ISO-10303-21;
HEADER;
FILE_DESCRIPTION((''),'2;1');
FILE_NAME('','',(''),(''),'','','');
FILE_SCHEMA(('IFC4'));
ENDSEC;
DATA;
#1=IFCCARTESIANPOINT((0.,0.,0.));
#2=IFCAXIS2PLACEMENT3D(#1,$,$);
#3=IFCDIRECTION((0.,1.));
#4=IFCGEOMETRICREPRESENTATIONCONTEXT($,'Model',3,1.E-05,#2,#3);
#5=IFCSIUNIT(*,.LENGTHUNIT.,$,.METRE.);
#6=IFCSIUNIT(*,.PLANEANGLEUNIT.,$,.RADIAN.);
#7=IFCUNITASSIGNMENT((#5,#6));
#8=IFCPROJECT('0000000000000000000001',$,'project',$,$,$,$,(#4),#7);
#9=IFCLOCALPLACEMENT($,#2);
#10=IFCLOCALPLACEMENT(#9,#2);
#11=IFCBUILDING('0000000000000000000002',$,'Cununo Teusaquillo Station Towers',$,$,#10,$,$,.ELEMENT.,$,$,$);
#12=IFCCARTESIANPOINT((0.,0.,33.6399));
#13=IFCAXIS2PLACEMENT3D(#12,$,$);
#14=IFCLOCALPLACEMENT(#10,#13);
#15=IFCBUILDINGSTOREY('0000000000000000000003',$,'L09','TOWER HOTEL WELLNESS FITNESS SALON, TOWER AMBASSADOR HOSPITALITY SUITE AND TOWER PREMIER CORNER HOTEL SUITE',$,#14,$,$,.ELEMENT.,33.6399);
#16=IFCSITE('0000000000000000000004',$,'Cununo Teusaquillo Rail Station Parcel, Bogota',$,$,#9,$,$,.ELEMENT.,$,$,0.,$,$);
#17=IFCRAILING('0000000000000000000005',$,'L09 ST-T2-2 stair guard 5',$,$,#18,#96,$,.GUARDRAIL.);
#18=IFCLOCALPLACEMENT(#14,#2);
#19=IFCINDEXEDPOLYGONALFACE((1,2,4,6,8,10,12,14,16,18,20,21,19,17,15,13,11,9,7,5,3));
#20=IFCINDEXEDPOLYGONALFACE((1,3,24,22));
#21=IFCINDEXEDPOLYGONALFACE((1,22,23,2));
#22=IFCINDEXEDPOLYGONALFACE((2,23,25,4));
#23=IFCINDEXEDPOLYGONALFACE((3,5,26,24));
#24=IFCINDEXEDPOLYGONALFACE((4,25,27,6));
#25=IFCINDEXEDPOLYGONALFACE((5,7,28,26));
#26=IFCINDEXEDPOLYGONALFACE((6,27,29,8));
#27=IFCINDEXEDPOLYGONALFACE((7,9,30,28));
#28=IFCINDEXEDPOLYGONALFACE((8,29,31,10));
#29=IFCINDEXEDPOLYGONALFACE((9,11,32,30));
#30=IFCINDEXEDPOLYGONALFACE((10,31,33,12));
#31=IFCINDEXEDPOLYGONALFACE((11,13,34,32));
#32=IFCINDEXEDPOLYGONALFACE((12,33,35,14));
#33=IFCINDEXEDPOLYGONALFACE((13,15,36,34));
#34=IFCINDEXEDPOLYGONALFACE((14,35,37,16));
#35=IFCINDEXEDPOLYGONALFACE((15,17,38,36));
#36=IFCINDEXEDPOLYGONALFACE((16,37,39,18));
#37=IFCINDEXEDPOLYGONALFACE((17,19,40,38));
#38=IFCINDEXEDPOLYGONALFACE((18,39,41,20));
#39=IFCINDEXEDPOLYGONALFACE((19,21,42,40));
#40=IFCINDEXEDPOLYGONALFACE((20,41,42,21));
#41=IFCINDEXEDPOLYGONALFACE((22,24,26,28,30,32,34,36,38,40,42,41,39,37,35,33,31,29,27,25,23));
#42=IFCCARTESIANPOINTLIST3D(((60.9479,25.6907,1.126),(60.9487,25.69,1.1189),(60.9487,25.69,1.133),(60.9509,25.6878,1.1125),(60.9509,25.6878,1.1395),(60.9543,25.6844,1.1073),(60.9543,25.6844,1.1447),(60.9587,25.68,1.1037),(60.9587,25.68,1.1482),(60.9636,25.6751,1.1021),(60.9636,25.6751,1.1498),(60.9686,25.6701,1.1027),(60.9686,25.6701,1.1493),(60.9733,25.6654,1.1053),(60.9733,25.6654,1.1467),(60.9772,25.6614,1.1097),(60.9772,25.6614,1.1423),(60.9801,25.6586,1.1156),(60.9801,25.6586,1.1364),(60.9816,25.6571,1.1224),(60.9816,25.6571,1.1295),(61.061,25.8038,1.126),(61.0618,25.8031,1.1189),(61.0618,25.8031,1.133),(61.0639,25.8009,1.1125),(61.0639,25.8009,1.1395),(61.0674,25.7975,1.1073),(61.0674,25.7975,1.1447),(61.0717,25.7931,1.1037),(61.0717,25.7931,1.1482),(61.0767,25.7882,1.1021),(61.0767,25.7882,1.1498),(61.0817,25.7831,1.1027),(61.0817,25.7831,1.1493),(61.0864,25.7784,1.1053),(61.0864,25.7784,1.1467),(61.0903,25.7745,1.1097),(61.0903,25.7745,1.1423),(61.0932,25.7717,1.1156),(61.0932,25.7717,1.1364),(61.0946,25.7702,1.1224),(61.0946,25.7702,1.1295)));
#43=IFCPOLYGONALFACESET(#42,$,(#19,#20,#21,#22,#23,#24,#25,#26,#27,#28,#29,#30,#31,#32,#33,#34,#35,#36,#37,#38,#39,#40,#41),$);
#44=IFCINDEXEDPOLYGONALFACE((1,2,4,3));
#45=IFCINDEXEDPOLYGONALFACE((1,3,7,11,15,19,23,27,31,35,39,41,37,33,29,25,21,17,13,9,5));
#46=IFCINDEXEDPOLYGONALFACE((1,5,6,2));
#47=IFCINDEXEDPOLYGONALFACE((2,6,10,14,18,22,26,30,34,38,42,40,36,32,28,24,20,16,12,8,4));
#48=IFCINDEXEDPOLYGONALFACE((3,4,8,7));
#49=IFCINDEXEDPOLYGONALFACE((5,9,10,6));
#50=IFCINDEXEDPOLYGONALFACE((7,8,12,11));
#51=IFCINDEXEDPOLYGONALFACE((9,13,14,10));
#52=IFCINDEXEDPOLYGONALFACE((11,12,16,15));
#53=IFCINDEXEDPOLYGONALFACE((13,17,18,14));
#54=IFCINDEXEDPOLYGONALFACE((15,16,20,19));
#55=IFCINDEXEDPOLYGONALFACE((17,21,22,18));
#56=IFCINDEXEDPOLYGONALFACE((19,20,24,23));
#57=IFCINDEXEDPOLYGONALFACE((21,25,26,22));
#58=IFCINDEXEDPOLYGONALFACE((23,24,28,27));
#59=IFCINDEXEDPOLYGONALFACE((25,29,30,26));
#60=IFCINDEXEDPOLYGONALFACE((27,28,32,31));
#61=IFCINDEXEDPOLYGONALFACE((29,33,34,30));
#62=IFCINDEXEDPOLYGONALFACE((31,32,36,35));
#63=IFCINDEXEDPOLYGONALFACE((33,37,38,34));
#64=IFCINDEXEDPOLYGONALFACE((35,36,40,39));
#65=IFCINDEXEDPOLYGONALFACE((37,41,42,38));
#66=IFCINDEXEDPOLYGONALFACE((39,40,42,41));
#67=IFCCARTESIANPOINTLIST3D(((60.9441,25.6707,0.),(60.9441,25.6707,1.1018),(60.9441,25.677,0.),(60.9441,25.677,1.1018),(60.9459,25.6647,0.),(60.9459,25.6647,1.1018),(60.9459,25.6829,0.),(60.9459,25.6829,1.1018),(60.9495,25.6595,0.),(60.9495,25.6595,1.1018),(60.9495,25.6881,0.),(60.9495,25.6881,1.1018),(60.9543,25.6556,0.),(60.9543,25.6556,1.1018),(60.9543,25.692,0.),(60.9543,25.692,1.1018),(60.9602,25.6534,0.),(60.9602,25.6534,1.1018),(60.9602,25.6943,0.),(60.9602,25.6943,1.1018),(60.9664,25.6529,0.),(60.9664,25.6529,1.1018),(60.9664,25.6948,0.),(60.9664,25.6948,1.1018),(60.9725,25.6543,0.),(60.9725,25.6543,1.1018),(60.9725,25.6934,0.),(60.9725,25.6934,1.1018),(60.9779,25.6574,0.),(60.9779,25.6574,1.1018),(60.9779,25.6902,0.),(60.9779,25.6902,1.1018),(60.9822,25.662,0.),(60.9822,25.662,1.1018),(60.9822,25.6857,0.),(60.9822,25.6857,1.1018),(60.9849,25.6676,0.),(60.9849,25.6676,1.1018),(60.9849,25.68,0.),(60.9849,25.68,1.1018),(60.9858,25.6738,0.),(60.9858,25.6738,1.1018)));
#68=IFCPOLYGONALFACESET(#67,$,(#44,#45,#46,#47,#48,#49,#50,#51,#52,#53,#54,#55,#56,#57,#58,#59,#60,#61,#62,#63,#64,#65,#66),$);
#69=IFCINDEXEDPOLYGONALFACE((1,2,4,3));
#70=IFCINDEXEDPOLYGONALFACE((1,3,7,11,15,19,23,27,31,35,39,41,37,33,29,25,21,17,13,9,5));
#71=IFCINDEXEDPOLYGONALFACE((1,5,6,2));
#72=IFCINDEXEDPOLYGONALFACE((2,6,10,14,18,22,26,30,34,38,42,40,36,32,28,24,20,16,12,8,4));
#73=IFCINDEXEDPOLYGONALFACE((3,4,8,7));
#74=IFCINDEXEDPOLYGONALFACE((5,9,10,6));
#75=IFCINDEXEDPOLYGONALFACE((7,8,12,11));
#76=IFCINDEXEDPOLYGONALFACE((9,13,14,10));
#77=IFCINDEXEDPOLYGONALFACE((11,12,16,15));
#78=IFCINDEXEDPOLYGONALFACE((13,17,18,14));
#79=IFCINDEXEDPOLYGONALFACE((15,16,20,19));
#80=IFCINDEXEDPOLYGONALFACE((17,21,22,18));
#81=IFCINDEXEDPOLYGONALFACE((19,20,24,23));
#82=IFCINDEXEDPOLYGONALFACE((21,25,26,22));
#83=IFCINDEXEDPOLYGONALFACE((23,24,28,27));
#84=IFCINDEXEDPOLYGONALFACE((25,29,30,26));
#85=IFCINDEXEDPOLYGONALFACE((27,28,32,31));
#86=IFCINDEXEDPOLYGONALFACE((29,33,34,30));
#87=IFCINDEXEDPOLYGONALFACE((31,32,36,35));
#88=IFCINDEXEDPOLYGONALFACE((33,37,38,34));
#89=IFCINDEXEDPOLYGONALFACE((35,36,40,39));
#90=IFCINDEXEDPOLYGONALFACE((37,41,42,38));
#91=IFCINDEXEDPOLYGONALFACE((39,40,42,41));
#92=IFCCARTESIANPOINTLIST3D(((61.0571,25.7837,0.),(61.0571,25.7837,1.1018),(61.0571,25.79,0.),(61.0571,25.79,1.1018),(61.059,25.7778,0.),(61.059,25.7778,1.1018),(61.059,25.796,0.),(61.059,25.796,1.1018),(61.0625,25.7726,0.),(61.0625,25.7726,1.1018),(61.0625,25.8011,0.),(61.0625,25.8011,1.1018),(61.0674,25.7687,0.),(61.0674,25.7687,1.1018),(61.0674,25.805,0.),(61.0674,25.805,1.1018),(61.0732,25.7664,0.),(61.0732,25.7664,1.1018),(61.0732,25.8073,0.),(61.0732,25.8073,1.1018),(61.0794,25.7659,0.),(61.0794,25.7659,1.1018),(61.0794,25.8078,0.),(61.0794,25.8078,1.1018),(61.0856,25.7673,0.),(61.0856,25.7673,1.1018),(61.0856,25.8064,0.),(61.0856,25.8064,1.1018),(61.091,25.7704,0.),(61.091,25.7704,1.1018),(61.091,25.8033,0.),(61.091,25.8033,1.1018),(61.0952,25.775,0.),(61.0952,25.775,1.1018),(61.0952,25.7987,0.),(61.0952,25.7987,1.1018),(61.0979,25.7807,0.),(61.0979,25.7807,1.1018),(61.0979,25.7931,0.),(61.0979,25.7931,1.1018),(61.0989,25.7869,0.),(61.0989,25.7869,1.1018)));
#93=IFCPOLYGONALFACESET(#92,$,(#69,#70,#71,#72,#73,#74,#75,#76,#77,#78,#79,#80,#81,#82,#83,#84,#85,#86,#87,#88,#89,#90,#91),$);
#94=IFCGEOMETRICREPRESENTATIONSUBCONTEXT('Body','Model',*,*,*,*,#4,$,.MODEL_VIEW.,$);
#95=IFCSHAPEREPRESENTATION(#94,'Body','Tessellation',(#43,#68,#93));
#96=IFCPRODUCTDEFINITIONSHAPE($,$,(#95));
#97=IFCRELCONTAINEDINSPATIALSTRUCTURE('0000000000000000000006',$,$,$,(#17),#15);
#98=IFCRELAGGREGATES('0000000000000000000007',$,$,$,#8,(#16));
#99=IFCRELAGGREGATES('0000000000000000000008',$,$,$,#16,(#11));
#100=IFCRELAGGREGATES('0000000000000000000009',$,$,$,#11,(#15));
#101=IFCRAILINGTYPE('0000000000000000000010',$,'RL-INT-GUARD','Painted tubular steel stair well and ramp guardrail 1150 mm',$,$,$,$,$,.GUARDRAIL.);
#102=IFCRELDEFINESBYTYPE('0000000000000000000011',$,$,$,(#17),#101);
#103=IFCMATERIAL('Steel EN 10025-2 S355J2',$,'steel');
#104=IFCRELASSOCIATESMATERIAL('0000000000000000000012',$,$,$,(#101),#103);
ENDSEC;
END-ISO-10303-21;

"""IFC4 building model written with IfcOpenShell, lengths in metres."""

from ifc_helpers import new_model, si_unit, direction, frame, origin, origin_2d, place, context, subcontext, project, spatial, circle, extrude, material, type_object, element, save


model = new_model("IFC4")

# Units and contexts
model_context = context("Model", 3, precision=1e-05, world=origin(), true_north=direction((0.0, 1.0)))
body_context = subcontext(model_context, "Body", "Model", "MODEL_VIEW")
ifc_project = project(units=[si_unit("LENGTHUNIT", "METRE"), si_unit("PLANEANGLEUNIT", "RADIAN")], contexts=[model_context])

# Site, building, storey
site_placement = place(None, origin())
site = spatial("IfcSite", under=ifc_project, at=site_placement, Name="Cununo Teusaquillo Rail Station Parcel, Bogota", CompositionType="ELEMENT", RefElevation=0.0)
building_placement = place(site_placement, origin())
building = spatial("IfcBuilding", under=site, at=building_placement, Name="Cununo Teusaquillo Station Towers", CompositionType="ELEMENT")
storey_placement = place(building_placement, frame((0.0, 0.0, 33.6399)))
storey = spatial("IfcBuildingStorey", under=building, at=storey_placement, Name="L09", Description="TOWER HOTEL WELLNESS FITNESS SALON, TOWER AMBASSADOR HOSPITALITY SUITE AND TOWER PREMIER CORNER HOTEL SUITE", CompositionType="ELEMENT", Elevation=33.6399)

# Railing
ifc_material_1 = material(Name="Steel EN 10025-2 S355J2", Category="steel")
railing_type_1 = type_object("IfcRailingType", Name="RL-INT-GUARD", Description="Painted tubular steel stair well and ramp guardrail 1150 mm", PredefinedType="GUARDRAIL", material=ifc_material_1)
railing_1_placement = place(storey_placement, frame((60.9648, 25.6738, 0.0)))
element("IfcRailing", 1, at=railing_1_placement, inside=storey, type_object=railing_type_1, Name="L09 ST-T2-2 stair guard 5", PredefinedType="GUARDRAIL", context=body_context, shape_type="SweptSolid", body=[
    extrude(circle(Radius=0.0239, at=origin_2d()), frame((0.0, 0.0, 1.126), z_axis=(0.707107, 0.707107, 0.0), x_axis=(-0.707107, 0.707107, 0.0)), (0.0, 0.0, 1.0), 0.1599),
    extrude(circle(Radius=0.021, at=origin_2d()), origin(), (0.0, 0.0, 1.0), 1.1018),
    extrude(circle(Radius=0.021, at=origin_2d()), frame((0.113, 0.113, 0.0)), (0.0, 0.0, 1.0), 1.1018),
])

save(model, "model.ifc")
